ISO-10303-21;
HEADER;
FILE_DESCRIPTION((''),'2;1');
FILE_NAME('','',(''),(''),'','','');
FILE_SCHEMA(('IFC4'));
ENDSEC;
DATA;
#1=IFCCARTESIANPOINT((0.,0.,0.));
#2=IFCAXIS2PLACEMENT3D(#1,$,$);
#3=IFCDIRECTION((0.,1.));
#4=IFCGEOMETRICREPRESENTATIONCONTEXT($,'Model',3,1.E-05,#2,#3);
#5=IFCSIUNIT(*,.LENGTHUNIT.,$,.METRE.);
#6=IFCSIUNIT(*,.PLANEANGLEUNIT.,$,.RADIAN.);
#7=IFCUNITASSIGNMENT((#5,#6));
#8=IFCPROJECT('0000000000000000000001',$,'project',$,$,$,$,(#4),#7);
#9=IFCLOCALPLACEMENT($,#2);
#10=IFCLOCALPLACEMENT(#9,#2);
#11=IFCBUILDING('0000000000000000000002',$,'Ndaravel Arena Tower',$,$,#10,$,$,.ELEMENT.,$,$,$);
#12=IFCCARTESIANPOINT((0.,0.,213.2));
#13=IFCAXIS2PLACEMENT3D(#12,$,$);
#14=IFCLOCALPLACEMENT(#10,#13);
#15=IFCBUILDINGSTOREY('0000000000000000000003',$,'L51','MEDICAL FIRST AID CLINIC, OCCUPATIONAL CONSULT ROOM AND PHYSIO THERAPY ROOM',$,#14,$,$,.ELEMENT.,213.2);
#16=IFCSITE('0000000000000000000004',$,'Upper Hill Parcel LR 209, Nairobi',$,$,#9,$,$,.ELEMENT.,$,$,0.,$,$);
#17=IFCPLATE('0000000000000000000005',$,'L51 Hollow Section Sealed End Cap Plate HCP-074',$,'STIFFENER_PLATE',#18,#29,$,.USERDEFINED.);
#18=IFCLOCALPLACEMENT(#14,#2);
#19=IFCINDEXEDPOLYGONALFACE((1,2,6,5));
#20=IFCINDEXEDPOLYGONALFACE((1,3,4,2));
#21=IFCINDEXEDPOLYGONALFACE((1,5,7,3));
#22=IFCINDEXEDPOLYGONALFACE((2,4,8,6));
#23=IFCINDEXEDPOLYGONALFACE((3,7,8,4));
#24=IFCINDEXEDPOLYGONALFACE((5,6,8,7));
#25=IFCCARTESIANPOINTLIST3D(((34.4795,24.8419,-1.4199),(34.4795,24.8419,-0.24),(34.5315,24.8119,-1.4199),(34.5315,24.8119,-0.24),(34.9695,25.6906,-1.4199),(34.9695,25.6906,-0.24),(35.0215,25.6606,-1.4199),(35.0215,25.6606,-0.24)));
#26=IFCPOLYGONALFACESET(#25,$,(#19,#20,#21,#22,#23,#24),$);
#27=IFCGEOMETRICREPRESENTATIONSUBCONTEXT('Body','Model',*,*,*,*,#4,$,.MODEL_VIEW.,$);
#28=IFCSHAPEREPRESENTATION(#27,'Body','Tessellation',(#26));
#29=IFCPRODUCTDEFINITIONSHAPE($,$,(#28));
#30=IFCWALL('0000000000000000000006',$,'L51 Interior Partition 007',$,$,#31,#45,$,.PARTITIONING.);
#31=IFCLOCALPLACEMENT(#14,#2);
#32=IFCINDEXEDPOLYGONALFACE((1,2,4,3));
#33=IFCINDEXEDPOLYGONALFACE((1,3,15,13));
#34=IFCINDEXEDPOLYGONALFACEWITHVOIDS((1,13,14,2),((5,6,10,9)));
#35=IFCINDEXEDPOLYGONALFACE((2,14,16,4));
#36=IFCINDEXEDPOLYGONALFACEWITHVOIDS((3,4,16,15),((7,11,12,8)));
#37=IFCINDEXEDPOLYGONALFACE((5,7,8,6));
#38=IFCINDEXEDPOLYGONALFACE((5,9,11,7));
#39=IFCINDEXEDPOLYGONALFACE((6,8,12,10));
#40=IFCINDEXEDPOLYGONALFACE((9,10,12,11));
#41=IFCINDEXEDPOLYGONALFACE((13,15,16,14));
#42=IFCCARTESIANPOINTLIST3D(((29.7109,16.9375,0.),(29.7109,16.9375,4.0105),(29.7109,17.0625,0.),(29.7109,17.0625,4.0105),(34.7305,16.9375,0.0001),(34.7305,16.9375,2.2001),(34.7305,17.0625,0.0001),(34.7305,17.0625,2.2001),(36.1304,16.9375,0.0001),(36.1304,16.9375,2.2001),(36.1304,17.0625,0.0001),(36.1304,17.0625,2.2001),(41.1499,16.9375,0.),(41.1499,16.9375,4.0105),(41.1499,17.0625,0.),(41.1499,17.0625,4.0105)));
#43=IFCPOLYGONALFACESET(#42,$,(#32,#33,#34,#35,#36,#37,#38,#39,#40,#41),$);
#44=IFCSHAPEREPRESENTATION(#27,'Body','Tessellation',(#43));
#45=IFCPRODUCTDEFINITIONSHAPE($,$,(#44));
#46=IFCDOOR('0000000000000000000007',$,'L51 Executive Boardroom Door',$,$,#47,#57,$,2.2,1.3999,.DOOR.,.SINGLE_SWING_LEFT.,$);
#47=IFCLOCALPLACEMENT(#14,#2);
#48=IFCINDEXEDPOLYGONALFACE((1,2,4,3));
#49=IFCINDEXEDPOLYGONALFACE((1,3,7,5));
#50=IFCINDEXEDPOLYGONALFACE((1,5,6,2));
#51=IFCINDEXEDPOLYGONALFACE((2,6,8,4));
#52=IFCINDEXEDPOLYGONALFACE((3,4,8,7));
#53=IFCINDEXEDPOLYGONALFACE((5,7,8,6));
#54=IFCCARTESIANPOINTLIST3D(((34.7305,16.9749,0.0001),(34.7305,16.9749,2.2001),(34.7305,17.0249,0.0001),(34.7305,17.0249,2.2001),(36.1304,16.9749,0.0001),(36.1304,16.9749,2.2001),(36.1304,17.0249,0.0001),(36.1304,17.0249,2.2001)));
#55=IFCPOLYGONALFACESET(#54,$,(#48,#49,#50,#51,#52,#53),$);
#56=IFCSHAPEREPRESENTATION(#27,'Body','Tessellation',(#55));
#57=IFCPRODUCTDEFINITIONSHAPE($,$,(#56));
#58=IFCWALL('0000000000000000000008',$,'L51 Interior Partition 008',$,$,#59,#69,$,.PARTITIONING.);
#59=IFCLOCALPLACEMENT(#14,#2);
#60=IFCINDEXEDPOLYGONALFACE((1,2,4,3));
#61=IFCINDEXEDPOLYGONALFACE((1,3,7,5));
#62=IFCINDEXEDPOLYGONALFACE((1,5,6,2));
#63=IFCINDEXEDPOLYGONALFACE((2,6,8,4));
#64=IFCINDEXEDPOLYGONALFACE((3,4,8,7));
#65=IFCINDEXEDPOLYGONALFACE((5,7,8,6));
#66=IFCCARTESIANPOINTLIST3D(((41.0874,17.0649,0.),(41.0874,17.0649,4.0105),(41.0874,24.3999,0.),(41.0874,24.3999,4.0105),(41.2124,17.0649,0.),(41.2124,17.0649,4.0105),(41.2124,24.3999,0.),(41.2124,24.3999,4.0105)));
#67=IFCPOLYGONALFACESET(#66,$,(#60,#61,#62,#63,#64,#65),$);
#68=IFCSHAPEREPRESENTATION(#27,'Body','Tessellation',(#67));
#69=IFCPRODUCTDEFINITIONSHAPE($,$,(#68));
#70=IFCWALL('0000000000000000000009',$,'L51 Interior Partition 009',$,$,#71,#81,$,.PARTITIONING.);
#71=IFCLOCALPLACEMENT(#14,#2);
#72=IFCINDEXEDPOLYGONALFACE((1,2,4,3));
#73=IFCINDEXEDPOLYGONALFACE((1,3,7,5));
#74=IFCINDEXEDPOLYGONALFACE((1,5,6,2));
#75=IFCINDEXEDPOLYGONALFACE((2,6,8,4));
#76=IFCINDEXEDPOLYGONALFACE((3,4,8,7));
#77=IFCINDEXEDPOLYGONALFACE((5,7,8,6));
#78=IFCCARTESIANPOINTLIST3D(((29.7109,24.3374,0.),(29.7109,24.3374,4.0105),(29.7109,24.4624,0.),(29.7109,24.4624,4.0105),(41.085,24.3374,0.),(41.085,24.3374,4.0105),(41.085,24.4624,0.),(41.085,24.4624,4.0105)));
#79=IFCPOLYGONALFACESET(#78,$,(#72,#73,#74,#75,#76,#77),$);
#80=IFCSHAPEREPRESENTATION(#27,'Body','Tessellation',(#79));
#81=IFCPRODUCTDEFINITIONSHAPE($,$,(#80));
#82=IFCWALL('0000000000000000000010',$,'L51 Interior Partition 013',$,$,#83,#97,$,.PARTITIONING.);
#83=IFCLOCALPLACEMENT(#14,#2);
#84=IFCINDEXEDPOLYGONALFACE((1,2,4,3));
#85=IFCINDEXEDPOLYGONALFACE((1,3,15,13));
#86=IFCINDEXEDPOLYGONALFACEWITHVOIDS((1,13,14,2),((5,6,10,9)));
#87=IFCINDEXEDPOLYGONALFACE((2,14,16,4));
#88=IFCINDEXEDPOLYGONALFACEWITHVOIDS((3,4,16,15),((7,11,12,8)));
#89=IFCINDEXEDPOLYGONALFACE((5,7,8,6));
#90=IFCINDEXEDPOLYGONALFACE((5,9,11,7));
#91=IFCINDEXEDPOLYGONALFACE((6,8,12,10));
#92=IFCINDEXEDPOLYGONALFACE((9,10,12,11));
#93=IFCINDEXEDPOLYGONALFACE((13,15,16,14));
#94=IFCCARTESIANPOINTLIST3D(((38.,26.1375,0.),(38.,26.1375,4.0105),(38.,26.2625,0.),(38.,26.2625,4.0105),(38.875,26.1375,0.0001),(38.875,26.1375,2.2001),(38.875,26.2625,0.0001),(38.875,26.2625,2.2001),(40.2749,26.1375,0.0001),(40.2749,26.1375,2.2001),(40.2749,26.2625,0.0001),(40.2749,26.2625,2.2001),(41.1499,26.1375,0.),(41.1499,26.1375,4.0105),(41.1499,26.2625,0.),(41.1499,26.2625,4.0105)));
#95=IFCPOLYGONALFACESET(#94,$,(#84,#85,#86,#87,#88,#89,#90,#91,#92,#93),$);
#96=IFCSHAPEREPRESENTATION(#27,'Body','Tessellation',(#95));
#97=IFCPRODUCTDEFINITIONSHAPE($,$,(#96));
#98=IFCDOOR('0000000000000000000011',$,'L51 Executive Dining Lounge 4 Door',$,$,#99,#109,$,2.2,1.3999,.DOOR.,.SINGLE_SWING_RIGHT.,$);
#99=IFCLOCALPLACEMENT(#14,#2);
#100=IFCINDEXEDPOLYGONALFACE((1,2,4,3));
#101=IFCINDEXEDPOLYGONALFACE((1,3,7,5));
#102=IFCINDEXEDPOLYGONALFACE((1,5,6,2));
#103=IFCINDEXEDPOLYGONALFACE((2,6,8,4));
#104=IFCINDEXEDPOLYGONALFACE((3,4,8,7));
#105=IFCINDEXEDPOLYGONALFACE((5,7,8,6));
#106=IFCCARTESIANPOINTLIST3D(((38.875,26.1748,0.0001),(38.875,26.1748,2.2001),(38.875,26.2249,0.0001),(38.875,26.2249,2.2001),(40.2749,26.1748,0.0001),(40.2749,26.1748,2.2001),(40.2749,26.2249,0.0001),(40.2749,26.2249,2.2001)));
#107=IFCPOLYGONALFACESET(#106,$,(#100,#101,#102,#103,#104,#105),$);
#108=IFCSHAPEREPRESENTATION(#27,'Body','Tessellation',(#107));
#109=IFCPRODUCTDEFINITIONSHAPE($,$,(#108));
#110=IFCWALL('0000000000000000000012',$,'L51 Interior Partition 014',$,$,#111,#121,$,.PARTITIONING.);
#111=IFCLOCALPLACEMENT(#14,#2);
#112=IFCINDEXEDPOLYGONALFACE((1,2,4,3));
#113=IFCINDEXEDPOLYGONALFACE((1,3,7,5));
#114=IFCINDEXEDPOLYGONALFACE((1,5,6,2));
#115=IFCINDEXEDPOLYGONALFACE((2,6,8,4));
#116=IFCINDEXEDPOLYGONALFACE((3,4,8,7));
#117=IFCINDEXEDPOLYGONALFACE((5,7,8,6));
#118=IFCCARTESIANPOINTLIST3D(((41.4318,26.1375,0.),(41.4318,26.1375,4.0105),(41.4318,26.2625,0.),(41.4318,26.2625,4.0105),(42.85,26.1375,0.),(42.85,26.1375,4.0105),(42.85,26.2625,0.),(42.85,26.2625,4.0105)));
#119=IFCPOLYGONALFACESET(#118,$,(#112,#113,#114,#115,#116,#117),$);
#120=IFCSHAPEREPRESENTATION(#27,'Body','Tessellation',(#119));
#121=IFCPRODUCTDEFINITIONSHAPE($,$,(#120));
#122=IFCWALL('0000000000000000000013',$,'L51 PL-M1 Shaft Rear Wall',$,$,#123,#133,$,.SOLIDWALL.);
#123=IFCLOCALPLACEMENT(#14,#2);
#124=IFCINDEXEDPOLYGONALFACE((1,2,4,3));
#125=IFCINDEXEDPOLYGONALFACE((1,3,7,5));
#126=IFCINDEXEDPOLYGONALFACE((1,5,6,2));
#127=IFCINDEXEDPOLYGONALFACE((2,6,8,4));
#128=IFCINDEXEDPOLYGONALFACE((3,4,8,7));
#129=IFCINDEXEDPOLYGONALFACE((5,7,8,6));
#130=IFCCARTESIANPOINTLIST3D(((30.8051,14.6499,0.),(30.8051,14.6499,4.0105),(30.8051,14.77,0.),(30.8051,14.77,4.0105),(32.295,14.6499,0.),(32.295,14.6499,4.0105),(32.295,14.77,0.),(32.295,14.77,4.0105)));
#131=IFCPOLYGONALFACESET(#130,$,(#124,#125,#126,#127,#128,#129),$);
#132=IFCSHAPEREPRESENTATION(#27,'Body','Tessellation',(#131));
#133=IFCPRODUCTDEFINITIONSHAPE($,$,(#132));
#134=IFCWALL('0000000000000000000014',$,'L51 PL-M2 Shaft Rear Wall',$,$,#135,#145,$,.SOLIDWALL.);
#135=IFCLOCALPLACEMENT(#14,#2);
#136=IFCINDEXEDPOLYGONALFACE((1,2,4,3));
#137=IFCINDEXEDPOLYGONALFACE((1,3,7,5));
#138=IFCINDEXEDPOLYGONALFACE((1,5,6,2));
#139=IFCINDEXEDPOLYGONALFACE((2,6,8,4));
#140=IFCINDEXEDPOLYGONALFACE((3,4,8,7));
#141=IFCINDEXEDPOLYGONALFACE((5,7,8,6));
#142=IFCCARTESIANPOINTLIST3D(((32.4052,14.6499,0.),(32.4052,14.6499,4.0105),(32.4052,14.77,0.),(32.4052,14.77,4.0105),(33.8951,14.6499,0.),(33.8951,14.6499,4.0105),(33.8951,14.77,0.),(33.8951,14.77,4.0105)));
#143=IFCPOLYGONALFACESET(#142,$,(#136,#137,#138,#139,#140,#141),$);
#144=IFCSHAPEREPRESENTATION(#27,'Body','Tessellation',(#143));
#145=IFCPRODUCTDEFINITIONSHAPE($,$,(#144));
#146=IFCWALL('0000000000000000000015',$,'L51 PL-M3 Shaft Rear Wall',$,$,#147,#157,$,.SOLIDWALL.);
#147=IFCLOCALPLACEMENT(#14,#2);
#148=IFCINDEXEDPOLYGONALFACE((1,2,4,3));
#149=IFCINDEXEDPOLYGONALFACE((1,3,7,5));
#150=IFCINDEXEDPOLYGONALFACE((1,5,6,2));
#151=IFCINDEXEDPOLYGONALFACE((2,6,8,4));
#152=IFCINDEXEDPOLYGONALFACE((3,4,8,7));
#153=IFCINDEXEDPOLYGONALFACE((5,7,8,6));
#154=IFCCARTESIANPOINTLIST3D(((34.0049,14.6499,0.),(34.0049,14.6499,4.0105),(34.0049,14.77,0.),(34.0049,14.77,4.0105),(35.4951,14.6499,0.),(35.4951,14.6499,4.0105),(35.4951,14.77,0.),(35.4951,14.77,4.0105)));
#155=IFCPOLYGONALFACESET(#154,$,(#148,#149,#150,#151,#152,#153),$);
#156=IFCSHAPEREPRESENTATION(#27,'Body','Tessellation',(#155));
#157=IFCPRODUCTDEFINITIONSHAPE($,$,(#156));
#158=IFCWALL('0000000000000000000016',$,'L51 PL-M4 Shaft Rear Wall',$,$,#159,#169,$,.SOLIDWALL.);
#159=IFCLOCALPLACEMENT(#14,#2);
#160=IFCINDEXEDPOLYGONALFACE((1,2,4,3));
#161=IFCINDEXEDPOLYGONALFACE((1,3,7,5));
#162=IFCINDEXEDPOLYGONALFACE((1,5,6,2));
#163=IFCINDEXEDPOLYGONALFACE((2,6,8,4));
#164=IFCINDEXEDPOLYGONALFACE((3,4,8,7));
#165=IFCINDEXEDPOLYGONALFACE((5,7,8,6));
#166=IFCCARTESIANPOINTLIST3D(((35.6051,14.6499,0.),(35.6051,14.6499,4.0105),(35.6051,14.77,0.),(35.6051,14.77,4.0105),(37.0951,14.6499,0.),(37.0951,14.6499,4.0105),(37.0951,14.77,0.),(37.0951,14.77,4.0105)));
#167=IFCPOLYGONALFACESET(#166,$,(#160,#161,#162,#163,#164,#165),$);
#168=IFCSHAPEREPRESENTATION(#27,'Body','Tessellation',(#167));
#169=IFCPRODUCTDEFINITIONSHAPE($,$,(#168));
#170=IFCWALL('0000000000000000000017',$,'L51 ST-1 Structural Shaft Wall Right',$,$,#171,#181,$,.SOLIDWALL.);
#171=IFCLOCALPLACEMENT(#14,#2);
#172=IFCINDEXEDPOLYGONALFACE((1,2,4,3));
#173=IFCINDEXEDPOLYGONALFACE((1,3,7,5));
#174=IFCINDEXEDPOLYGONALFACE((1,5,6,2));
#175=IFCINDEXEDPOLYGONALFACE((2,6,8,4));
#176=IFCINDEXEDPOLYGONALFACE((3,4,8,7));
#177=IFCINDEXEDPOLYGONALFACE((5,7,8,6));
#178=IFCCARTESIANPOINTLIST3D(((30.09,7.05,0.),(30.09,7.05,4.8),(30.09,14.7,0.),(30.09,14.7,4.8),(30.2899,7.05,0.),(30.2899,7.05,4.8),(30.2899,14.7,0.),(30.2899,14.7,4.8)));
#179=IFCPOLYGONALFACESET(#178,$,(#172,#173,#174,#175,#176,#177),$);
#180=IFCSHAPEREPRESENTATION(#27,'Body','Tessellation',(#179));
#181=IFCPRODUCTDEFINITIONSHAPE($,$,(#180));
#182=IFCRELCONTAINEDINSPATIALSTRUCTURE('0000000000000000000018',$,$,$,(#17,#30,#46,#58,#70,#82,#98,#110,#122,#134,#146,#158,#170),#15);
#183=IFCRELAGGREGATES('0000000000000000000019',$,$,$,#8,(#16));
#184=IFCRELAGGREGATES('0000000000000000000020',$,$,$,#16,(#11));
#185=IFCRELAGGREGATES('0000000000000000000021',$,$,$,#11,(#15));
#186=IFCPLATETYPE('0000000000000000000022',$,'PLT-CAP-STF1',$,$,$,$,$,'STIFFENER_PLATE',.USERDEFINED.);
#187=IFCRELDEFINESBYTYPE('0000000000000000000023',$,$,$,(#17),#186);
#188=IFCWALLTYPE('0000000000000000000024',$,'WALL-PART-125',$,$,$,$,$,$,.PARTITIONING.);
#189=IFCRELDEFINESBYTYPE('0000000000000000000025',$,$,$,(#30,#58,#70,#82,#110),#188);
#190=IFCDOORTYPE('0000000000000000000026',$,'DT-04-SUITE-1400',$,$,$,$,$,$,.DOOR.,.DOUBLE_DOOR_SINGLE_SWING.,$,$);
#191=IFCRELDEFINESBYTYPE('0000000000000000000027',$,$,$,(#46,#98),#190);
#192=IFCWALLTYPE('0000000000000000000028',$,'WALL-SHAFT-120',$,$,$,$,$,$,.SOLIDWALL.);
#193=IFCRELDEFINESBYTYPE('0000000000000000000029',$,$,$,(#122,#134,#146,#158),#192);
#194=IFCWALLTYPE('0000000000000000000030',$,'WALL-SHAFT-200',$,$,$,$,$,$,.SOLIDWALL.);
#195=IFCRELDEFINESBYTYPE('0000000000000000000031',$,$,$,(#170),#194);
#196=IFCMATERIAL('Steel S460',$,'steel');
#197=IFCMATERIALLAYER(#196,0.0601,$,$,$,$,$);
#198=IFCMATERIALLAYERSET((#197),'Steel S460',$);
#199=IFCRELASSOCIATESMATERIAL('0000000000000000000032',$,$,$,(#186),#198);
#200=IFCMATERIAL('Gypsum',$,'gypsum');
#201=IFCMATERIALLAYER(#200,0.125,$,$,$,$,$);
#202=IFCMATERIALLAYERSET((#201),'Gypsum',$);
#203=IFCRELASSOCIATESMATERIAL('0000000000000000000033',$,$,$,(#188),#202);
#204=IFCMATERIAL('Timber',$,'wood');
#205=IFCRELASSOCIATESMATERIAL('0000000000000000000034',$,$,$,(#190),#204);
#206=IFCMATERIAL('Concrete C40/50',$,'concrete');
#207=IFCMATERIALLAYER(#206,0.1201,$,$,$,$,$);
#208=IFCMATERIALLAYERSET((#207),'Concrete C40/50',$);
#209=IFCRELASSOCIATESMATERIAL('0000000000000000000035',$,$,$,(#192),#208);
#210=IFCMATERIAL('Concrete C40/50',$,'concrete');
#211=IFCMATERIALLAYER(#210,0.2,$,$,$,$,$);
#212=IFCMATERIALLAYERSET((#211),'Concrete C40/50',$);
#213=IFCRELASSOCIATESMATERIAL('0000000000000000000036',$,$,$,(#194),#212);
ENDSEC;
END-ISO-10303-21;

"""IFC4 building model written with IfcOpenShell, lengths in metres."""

from ifc_helpers import new_model, si_unit, direction, frame, frame_2d, origin, origin_2d, place, context, subcontext, project, spatial, rectangle, extrude, material, layer, layer_set, type_object, element, fill, save


model = new_model("IFC4")

# Units and contexts
model_context = context("Model", 3, precision=1e-05, world=origin(), true_north=direction((0.0, 1.0)))
body_context = subcontext(model_context, "Body", "Model", "MODEL_VIEW")
ifc_project = project(units=[si_unit("LENGTHUNIT", "METRE"), si_unit("PLANEANGLEUNIT", "RADIAN")], contexts=[model_context])

# Site, building, storey
site_placement = place(None, origin())
site = spatial("IfcSite", under=ifc_project, at=site_placement, Name="Upper Hill Parcel LR 209, Nairobi", CompositionType="ELEMENT", RefElevation=0.0)
building_placement = place(site_placement, origin())
building = spatial("IfcBuilding", under=site, at=building_placement, Name="Ndaravel Arena Tower", CompositionType="ELEMENT")
storey_placement = place(building_placement, frame((0.0, 0.0, 213.2)))
storey = spatial("IfcBuildingStorey", under=building, at=storey_placement, Name="L51", Description="MEDICAL FIRST AID CLINIC, OCCUPATIONAL CONSULT ROOM AND PHYSIO THERAPY ROOM", CompositionType="ELEMENT", Elevation=213.2)

# Plate
ifc_material_1 = material(Name="Steel S460", Category="steel")
ifc_layer_1 = layer(ifc_material_1, 0.0601)
ifc_layer_set_1 = layer_set([ifc_layer_1], Name="Steel S460")
plate_type = type_object("IfcPlateType", Name="PLT-CAP-STF1", ElementType="STIFFENER_PLATE", PredefinedType="USERDEFINED", material=ifc_layer_set_1)
for number, where, z_axis, x_axis, name in (
    (1, (34.7505, 25.2512, -1.4199), (0.0, 0.0, 1.0), (-0.866025, 0.5, 0.0), "L51 Hollow Section Sealed End Cap Plate HCP-074"),
):
    element("IfcPlate", number, at=place(storey_placement, frame(where, z_axis=z_axis, x_axis=x_axis)), inside=storey, type_object=plate_type, Name=name, ObjectType="STIFFENER_PLATE", PredefinedType="USERDEFINED", context=body_context, shape_type="SweptSolid", body=[
        extrude(rectangle(XDim=0.0601, YDim=0.98, at=origin_2d()), origin(), (0.0, 0.0, 1.0), 1.1799),
    ])

# Wall, opening, door
ifc_material_2 = material(Name="Gypsum", Category="gypsum")
ifc_layer_2 = layer(ifc_material_2, 0.125)
ifc_layer_set_2 = layer_set([ifc_layer_2], Name="Gypsum")
wall_type_1 = type_object("IfcWallType", Name="WALL-PART-125", PredefinedType="PARTITIONING", material=ifc_layer_set_2)
wall_1_placement = place(storey_placement, frame((29.7109, 17.0, 0.0), z_axis=(0.0, 0.0, 1.0), x_axis=(1.0, 0.0, 0.0)))
wall_1 = element("IfcWall", 2, at=wall_1_placement, inside=storey, type_object=wall_type_1, Name="L51 Interior Partition 007", PredefinedType="PARTITIONING", context=body_context, shape_type="SweptSolid", body=[
    extrude(rectangle(XDim=11.439, YDim=0.125, at=frame_2d((5.7195, 0.0))), origin(), (0.0, 0.0, 1.0), 4.0105),
])
opening_1_placement = place(wall_1_placement, frame((5.0195, 0.0, 0.0)))
opening_1 = element("IfcOpeningElement", 3, at=opening_1_placement, cuts=wall_1, PredefinedType="OPENING", context=body_context, shape_type="SweptSolid", body=[
    extrude(rectangle(XDim=1.3999, YDim=2.2, at=frame_2d((0.7, 1.1001))), frame((0.0, 0.0625, 0.0), z_axis=(0.0, -1.0, 0.0), x_axis=(1.0, 0.0, 0.0)), (0.0, 0.0, 1.0), 0.125),
])
ifc_material_3 = material(Name="Timber", Category="wood")
door_type = type_object("IfcDoorType", Name="DT-04-SUITE-1400", OperationType="DOUBLE_DOOR_SINGLE_SWING", PredefinedType="DOOR", material=ifc_material_3)
door_1_placement = place(opening_1_placement, origin())
door_1 = element("IfcDoor", 4, at=door_1_placement, inside=storey, type_object=door_type, Name="L51 Executive Boardroom Door", OperationType="SINGLE_SWING_LEFT", OverallHeight=2.2, OverallWidth=1.3999, PredefinedType="DOOR", context=body_context, shape_type="SweptSolid", body=[
    extrude(rectangle(XDim=1.3999, YDim=2.2, at=frame_2d((0.7, 1.1001))), frame((0.0, 0.0249, 0.0), z_axis=(0.0, -1.0, 0.0), x_axis=(1.0, 0.0, 0.0)), (0.0, 0.0, 1.0), 0.05),
])
fill(opening_1, door_1)

# Walls
wall_2_placement = place(storey_placement, frame((41.1499, 17.0649, 0.0), z_axis=(0.0, 0.0, 1.0), x_axis=(0.0, 1.0, 0.0)))
element("IfcWall", 5, at=wall_2_placement, inside=storey, type_object=wall_type_1, Name="L51 Interior Partition 008", PredefinedType="PARTITIONING", context=body_context, shape_type="SweptSolid", body=[
    extrude(rectangle(XDim=7.335, YDim=0.125, at=frame_2d((3.6675, 0.0))), origin(), (0.0, 0.0, 1.0), 4.0105),
])
wall_3_placement = place(storey_placement, frame((41.085, 24.3999, 0.0), z_axis=(0.0, 0.0, 1.0), x_axis=(-1.0, 0.0, 0.0)))
element("IfcWall", 6, at=wall_3_placement, inside=storey, type_object=wall_type_1, Name="L51 Interior Partition 009", PredefinedType="PARTITIONING", context=body_context, shape_type="SweptSolid", body=[
    extrude(rectangle(XDim=11.374, YDim=0.125, at=frame_2d((5.687, 0.0))), origin(), (0.0, 0.0, 1.0), 4.0105),
])

# Wall, opening, door
wall_4_placement = place(storey_placement, frame((38.0, 26.2, 0.0), z_axis=(0.0, 0.0, 1.0), x_axis=(1.0, 0.0, 0.0)))
wall_4 = element("IfcWall", 7, at=wall_4_placement, inside=storey, type_object=wall_type_1, Name="L51 Interior Partition 013", PredefinedType="PARTITIONING", context=body_context, shape_type="SweptSolid", body=[
    extrude(rectangle(XDim=3.1499, YDim=0.125, at=frame_2d((1.575, 0.0))), origin(), (0.0, 0.0, 1.0), 4.0105),
])
opening_2_placement = place(wall_4_placement, frame((0.875, 0.0, 0.0)))
opening_2 = element("IfcOpeningElement", 8, at=opening_2_placement, cuts=wall_4, PredefinedType="OPENING", context=body_context, shape_type="SweptSolid", body=[
    extrude(rectangle(XDim=1.3999, YDim=2.2, at=frame_2d((0.7, 1.1001))), frame((0.0, 0.0625, 0.0), z_axis=(0.0, -1.0, 0.0), x_axis=(1.0, 0.0, 0.0)), (0.0, 0.0, 1.0), 0.125),
])
door_2_placement = place(opening_2_placement, origin())
door_2 = element("IfcDoor", 9, at=door_2_placement, inside=storey, type_object=door_type, Name="L51 Executive Dining Lounge 4 Door", OperationType="SINGLE_SWING_RIGHT", OverallHeight=2.2, OverallWidth=1.3999, PredefinedType="DOOR", context=body_context, shape_type="SweptSolid", body=[
    extrude(rectangle(XDim=1.3999, YDim=2.2, at=frame_2d((0.7, 1.1001))), frame((0.0, 0.0249, 0.0), z_axis=(0.0, -1.0, 0.0), x_axis=(1.0, 0.0, 0.0)), (0.0, 0.0, 1.0), 0.05),
])
fill(opening_2, door_2)

# Walls
wall_5_placement = place(storey_placement, frame((41.4319, 26.2, 0.0), z_axis=(0.0, 0.0, 1.0), x_axis=(1.0, 0.0, 0.0)))
element("IfcWall", 10, at=wall_5_placement, inside=storey, type_object=wall_type_1, Name="L51 Interior Partition 014", PredefinedType="PARTITIONING", context=body_context, shape_type="SweptSolid", body=[
    extrude(rectangle(XDim=1.4182, YDim=0.125, at=frame_2d((0.709, 0.0))), origin(), (0.0, 0.0, 1.0), 4.0105),
])
ifc_material_4 = material(Name="Concrete C40/50", Category="concrete")
ifc_layer_3 = layer(ifc_material_4, 0.1201)
ifc_layer_set_3 = layer_set([ifc_layer_3], Name="Concrete C40/50")
wall_type_2 = type_object("IfcWallType", Name="WALL-SHAFT-120", PredefinedType="SOLIDWALL", material=ifc_layer_set_3)
for number, where, z_axis, x_axis, name in (
    (11, (30.8049, 14.71, 0.0), (0.0, 0.0, 1.0), (1.0, 0.0, 0.0), "L51 PL-M1 Shaft Rear Wall"),
    (12, (32.405, 14.71, 0.0), (0.0, 0.0, 1.0), (1.0, 0.0, 0.0), "L51 PL-M2 Shaft Rear Wall"),
):
    element("IfcWall", number, at=place(storey_placement, frame(where, z_axis=z_axis, x_axis=x_axis)), inside=storey, type_object=wall_type_2, Name=name, PredefinedType="SOLIDWALL", context=body_context, shape_type="SweptSolid", body=[
        extrude(rectangle(XDim=1.49, YDim=0.1201, at=frame_2d((0.7451, 0.0))), origin(), (0.0, 0.0, 1.0), 4.0105),
    ])
wall_6_placement = place(storey_placement, frame((34.0049, 14.71, 0.0), z_axis=(0.0, 0.0, 1.0), x_axis=(1.0, 0.0, 0.0)))
element("IfcWall", 13, at=wall_6_placement, inside=storey, type_object=wall_type_2, Name="L51 PL-M3 Shaft Rear Wall", PredefinedType="SOLIDWALL", context=body_context, shape_type="SweptSolid", body=[
    extrude(rectangle(XDim=1.4902, YDim=0.1201, at=frame_2d((0.7451, 0.0))), origin(), (0.0, 0.0, 1.0), 4.0105),
])
wall_7_placement = place(storey_placement, frame((35.605, 14.71, 0.0), z_axis=(0.0, 0.0, 1.0), x_axis=(1.0, 0.0, 0.0)))
element("IfcWall", 14, at=wall_7_placement, inside=storey, type_object=wall_type_2, Name="L51 PL-M4 Shaft Rear Wall", PredefinedType="SOLIDWALL", context=body_context, shape_type="SweptSolid", body=[
    extrude(rectangle(XDim=1.49, YDim=0.1201, at=frame_2d((0.7451, 0.0))), origin(), (0.0, 0.0, 1.0), 4.0105),
])
ifc_material_5 = material(Name="Concrete C40/50", Category="concrete")
ifc_layer_4 = layer(ifc_material_5, 0.2)
ifc_layer_set_4 = layer_set([ifc_layer_4], Name="Concrete C40/50")
wall_type_3 = type_object("IfcWallType", Name="WALL-SHAFT-200", PredefinedType="SOLIDWALL", material=ifc_layer_set_4)
wall_8_placement = place(storey_placement, frame((30.1899, 14.7, 0.0), z_axis=(0.0, 0.0, 1.0), x_axis=(0.0, -1.0, 0.0)))
element("IfcWall", 15, at=wall_8_placement, inside=storey, type_object=wall_type_3, Name="L51 ST-1 Structural Shaft Wall Right", PredefinedType="SOLIDWALL", context=body_context, shape_type="SweptSolid", body=[
    extrude(rectangle(XDim=7.6499, YDim=0.2, at=frame_2d((3.825, 0.0))), origin(), (0.0, 0.0, 1.0), 4.8),
])

save(model, "model.ifc")
